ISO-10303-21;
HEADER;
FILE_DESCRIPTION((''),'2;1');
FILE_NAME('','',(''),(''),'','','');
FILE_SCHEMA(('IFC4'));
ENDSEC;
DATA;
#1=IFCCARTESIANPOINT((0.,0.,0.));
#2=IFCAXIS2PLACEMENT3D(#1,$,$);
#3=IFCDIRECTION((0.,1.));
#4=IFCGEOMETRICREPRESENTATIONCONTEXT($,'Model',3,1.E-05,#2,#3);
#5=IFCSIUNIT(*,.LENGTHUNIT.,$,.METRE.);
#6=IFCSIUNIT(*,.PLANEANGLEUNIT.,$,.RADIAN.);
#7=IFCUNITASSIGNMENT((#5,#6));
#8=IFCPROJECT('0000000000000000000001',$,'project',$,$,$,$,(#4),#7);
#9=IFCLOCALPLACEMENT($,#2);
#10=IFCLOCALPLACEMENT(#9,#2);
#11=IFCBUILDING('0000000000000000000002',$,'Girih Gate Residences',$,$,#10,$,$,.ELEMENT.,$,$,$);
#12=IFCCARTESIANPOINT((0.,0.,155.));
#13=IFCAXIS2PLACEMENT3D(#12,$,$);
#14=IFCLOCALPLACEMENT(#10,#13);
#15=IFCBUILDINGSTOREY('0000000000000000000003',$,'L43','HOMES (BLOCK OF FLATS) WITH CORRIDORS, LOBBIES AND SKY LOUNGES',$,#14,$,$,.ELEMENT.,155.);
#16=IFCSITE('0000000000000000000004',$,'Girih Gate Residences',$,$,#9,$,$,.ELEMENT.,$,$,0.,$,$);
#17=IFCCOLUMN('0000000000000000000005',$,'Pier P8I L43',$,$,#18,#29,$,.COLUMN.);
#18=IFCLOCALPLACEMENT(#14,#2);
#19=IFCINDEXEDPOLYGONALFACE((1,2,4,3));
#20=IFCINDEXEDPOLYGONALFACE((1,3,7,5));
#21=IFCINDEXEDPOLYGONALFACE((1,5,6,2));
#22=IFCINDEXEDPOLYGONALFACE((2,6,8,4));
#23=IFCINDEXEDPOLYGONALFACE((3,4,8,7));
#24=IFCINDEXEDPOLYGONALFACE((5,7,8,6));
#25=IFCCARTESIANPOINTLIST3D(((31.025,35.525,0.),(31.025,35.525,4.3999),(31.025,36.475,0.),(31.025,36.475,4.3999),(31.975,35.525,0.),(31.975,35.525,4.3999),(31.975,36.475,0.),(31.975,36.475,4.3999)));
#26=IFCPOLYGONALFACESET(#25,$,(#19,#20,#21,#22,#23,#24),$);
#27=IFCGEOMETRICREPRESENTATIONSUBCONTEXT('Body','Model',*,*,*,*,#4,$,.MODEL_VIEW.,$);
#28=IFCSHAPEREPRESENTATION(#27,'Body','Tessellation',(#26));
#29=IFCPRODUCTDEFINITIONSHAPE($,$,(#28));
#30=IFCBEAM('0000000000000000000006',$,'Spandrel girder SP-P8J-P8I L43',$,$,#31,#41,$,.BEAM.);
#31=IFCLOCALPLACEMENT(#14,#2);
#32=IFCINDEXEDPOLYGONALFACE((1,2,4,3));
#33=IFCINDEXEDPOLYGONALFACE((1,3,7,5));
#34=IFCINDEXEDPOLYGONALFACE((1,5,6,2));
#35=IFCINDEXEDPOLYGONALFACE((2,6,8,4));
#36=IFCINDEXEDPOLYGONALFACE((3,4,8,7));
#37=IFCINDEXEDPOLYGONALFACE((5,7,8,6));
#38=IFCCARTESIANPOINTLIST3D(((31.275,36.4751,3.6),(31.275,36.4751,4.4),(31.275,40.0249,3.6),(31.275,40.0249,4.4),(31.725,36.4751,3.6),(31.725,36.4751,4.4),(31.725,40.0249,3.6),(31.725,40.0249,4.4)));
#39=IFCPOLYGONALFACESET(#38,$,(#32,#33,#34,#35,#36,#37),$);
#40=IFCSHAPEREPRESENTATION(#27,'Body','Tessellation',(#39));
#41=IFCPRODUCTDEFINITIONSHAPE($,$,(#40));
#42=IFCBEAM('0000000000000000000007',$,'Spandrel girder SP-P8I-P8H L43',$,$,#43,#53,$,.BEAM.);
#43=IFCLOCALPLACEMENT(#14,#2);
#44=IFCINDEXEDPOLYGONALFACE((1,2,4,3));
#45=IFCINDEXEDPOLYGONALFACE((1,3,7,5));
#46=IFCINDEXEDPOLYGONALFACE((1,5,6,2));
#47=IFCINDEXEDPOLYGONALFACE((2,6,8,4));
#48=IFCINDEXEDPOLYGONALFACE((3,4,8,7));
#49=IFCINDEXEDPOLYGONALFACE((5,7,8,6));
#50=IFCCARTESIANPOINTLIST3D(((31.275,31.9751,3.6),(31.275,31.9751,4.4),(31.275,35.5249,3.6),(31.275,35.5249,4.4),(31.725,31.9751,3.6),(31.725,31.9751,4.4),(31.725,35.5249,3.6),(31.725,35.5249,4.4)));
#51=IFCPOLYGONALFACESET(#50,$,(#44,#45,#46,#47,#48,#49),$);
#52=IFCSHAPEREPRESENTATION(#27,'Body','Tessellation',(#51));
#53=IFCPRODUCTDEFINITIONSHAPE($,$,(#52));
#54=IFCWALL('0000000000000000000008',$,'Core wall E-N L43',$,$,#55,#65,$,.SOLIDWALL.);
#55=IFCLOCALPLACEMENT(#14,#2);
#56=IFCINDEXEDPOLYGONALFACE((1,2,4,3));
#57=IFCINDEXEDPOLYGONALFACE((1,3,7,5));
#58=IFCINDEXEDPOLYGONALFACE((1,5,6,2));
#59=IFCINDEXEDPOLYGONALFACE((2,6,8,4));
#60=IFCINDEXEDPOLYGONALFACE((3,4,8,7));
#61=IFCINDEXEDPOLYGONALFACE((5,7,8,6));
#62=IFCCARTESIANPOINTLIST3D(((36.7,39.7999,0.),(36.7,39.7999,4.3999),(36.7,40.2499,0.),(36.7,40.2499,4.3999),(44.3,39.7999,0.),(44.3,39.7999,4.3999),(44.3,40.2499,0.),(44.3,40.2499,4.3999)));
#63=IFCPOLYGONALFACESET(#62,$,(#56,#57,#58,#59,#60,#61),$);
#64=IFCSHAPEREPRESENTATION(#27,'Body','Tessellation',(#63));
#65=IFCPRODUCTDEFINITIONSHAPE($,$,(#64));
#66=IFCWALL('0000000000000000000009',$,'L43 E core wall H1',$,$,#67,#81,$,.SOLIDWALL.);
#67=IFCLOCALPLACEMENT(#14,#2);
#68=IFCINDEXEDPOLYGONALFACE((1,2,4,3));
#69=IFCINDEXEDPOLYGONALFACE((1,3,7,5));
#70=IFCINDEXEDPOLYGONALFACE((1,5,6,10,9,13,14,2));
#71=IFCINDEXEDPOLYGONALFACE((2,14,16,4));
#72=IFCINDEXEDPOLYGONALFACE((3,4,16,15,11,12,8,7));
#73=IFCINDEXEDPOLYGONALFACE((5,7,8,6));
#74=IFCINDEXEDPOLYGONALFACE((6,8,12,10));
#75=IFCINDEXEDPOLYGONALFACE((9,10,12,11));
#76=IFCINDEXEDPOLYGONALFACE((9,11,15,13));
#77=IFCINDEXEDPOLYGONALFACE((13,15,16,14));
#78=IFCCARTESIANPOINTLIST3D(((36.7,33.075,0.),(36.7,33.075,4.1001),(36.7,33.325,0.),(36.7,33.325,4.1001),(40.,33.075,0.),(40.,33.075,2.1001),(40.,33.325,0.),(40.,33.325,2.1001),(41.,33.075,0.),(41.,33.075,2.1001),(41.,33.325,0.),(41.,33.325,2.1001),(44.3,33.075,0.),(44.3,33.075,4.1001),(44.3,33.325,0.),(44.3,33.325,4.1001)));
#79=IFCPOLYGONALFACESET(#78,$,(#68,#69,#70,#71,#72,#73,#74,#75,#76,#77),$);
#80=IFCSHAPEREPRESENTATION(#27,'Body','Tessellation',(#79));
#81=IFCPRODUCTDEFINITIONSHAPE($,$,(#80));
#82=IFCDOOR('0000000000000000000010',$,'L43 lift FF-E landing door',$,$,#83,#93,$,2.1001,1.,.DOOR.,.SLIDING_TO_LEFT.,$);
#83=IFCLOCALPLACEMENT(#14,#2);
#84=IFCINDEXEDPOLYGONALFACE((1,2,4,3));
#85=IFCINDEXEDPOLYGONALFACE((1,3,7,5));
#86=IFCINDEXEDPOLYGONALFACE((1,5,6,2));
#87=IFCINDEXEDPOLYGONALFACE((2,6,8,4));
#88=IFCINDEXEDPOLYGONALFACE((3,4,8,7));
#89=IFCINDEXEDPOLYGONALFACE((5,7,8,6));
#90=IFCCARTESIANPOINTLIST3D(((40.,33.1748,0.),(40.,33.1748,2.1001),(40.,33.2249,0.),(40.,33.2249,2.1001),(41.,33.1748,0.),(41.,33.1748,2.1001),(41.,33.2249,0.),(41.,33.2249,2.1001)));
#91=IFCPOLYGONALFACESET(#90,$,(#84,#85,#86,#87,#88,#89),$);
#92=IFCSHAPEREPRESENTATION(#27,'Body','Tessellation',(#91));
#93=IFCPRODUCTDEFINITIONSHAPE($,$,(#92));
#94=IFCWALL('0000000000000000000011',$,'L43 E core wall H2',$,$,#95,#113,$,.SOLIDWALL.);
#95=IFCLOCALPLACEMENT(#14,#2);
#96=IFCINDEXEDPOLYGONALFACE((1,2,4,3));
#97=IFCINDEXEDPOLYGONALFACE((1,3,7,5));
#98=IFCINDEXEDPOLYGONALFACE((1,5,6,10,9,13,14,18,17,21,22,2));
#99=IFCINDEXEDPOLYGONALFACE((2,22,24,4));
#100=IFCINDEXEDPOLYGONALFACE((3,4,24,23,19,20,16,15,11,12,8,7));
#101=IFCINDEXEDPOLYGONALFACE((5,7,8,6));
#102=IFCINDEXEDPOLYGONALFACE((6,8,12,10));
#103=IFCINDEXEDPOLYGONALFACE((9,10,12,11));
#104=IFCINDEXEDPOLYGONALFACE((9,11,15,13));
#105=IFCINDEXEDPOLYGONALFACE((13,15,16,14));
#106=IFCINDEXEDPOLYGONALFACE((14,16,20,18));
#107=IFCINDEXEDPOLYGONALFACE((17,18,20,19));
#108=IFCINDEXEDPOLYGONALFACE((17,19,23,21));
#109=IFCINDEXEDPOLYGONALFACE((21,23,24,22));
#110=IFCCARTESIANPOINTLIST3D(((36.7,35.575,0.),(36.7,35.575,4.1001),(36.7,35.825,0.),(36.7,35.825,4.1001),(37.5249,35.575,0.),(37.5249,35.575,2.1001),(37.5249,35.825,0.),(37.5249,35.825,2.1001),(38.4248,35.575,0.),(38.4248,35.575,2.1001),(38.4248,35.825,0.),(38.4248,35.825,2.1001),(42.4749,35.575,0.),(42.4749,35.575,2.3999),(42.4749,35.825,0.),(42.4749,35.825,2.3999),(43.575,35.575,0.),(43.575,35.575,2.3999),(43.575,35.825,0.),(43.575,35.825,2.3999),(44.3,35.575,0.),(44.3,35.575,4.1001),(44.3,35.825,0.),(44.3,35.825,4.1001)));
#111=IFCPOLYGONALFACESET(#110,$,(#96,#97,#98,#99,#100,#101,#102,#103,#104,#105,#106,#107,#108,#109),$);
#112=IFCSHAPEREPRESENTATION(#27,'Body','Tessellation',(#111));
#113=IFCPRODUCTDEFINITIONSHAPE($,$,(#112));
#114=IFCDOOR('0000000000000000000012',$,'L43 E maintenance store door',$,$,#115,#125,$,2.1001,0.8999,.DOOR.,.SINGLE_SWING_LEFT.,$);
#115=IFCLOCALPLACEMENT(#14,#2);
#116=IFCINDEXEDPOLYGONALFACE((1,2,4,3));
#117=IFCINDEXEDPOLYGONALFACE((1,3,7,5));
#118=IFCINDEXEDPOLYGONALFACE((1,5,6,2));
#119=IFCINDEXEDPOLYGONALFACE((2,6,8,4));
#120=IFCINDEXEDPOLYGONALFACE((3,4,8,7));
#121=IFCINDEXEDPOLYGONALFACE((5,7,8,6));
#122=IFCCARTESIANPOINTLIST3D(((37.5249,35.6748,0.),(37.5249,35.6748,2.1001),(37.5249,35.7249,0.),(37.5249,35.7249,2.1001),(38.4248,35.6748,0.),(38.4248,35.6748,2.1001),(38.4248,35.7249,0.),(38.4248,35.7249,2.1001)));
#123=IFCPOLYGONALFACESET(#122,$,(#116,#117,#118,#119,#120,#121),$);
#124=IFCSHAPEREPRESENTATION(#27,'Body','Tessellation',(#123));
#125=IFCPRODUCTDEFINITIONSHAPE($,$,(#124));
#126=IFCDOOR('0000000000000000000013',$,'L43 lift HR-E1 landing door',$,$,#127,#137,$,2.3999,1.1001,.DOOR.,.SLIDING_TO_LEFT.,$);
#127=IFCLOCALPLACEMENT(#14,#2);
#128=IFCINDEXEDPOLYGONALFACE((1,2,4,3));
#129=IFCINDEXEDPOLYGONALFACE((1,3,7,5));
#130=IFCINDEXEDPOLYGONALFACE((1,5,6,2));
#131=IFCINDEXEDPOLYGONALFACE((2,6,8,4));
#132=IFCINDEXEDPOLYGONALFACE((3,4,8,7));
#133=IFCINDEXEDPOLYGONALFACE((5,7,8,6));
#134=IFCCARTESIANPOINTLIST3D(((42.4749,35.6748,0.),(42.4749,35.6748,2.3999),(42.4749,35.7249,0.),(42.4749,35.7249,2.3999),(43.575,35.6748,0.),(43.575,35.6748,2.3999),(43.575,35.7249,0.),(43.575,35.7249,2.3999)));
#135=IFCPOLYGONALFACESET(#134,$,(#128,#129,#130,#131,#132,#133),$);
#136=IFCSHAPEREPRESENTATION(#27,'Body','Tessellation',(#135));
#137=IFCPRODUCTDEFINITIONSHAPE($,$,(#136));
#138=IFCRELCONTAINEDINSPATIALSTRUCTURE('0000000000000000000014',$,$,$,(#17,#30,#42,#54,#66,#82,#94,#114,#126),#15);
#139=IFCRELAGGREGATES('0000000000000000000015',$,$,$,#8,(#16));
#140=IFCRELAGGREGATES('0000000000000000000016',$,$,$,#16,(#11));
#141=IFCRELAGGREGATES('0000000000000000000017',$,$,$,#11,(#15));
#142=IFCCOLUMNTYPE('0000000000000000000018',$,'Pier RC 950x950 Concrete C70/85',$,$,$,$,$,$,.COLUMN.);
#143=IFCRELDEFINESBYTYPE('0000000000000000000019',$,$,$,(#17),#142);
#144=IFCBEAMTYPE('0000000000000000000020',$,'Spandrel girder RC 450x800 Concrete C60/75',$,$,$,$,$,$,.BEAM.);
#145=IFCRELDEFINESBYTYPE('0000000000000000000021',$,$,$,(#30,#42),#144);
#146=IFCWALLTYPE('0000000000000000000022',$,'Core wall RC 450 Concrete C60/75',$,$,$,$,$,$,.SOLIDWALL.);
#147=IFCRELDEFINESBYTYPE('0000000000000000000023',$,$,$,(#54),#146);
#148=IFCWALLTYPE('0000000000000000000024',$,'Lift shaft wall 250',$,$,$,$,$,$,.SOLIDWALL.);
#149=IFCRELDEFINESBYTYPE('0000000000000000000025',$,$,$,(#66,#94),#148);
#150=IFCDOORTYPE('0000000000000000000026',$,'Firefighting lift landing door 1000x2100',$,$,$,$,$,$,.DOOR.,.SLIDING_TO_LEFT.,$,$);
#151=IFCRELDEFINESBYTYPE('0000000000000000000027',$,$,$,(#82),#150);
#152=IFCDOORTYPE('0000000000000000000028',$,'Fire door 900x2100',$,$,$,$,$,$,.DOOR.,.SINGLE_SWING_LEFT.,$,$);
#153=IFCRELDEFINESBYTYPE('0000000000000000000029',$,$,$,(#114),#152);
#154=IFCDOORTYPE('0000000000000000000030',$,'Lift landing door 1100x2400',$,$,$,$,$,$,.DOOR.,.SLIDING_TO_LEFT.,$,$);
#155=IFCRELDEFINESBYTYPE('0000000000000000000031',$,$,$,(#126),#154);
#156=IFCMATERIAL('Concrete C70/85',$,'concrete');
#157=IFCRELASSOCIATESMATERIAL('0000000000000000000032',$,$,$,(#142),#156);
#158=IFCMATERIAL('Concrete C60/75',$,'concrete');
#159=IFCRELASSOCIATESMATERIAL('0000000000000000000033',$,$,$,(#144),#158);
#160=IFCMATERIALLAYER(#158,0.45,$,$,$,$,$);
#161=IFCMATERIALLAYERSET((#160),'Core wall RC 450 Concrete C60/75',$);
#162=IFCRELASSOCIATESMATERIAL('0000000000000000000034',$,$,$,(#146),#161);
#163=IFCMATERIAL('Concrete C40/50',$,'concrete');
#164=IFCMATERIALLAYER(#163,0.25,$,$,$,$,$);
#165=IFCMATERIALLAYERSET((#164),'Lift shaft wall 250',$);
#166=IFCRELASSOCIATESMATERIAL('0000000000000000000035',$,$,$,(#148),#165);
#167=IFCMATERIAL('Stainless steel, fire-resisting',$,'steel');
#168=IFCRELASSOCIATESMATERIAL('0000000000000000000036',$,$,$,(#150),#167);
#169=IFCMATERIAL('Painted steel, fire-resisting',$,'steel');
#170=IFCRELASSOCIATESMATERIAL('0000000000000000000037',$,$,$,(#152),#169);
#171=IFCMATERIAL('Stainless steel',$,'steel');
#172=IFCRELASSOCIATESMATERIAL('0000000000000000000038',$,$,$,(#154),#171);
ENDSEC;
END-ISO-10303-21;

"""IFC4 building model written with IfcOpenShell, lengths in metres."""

from ifc_helpers import new_model, si_unit, direction, frame, frame_2d, origin, origin_2d, place, context, subcontext, project, spatial, rectangle, extrude, material, layer, layer_set, material_profile, profile_set, type_object, element, fill, save


model = new_model("IFC4")

# Units and contexts
model_context = context("Model", 3, precision=1e-05, world=origin(), true_north=direction((0.0, 1.0)))
body_context = subcontext(model_context, "Body", "Model", "MODEL_VIEW")
ifc_project = project(units=[si_unit("LENGTHUNIT", "METRE"), si_unit("PLANEANGLEUNIT", "RADIAN")], contexts=[model_context])

# Site, building, storey
site_placement = place(None, origin())
site = spatial("IfcSite", under=ifc_project, at=site_placement, Name="Girih Gate Residences", CompositionType="ELEMENT", RefElevation=0.0)
building_placement = place(site_placement, origin())
building = spatial("IfcBuilding", under=site, at=building_placement, Name="Girih Gate Residences", CompositionType="ELEMENT")
storey_placement = place(building_placement, frame((0.0, 0.0, 155.0)))
storey = spatial("IfcBuildingStorey", under=building, at=storey_placement, Name="L43", Description="HOMES (BLOCK OF FLATS) WITH CORRIDORS, LOBBIES AND SKY LOUNGES", CompositionType="ELEMENT", Elevation=155.0)

# Column
ifc_material_1 = material(Name="Concrete C70/85", Category="concrete")
ifc_material_profile_1 = material_profile(ifc_material_1, rectangle(XDim=0.95, YDim=0.95, at=origin_2d()))
ifc_profile_set_1 = profile_set([ifc_material_profile_1], Name="Concrete C70/85")
column_type = type_object("IfcColumnType", Name="Pier RC 950x950 Concrete C70/85", PredefinedType="COLUMN", material=ifc_profile_set_1)
column_placement = place(storey_placement, frame((31.5, 36.0, 0.0), z_axis=(0.0, 0.0, 1.0), x_axis=(1.0, 0.0, 0.0)))
element("IfcColumn", 1, at=column_placement, inside=storey, type_object=column_type, Name="Pier P8I L43", PredefinedType="COLUMN", context=body_context, shape_type="SweptSolid", body=[
    extrude(rectangle(XDim=0.95, YDim=0.95, at=origin_2d()), origin(), (0.0, 0.0, 1.0), 4.3999),
])

# Beams
ifc_material_2 = material(Name="Concrete C60/75", Category="concrete")
ifc_material_profile_2 = material_profile(ifc_material_2, rectangle(XDim=0.45, YDim=0.8, at=origin_2d()))
ifc_profile_set_2 = profile_set([ifc_material_profile_2], Name="Concrete C60/75")
beam_type = type_object("IfcBeamType", Name="Spandrel girder RC 450x800 Concrete C60/75", PredefinedType="BEAM", material=ifc_profile_set_2)
for number, where, z_axis, x_axis, name in (
    (2, (31.5, 40.0249, 4.0), (0.0, -1.0, 0.0), (1.0, 0.0, 0.0), "Spandrel girder SP-P8J-P8I L43"),
    (3, (31.5, 35.5249, 4.0), (0.0, -1.0, 0.0), (1.0, 0.0, 0.0), "Spandrel girder SP-P8I-P8H L43"),
):
    element("IfcBeam", number, at=place(storey_placement, frame(where, z_axis=z_axis, x_axis=x_axis)), inside=storey, type_object=beam_type, Name=name, PredefinedType="BEAM", context=body_context, shape_type="SweptSolid", body=[
        extrude(rectangle(XDim=0.45, YDim=0.8, at=origin_2d()), origin(), (0.0, 0.0, 1.0), 3.5498),
    ])

# Wall
ifc_layer_1 = layer(ifc_material_2, 0.45)
ifc_layer_set_1 = layer_set([ifc_layer_1], Name="Core wall RC 450 Concrete C60/75")
wall_type_1 = type_object("IfcWallType", Name="Core wall RC 450 Concrete C60/75", PredefinedType="SOLIDWALL", material=ifc_layer_set_1)
wall_1_placement = place(storey_placement, frame((36.7, 40.0249, 0.0), z_axis=(0.0, 0.0, 1.0), x_axis=(1.0, 0.0, 0.0)))
element("IfcWall", 4, at=wall_1_placement, inside=storey, type_object=wall_type_1, Name="Core wall E-N L43", PredefinedType="SOLIDWALL", context=body_context, shape_type="SweptSolid", body=[
    extrude(rectangle(XDim=7.6001, YDim=0.45, at=frame_2d((3.8, 0.0))), origin(), (0.0, 0.0, 1.0), 4.3999),
])

# Wall, opening, door
ifc_material_3 = material(Name="Concrete C40/50", Category="concrete")
ifc_layer_2 = layer(ifc_material_3, 0.25)
ifc_layer_set_2 = layer_set([ifc_layer_2], Name="Lift shaft wall 250")
wall_type_2 = type_object("IfcWallType", Name="Lift shaft wall 250", PredefinedType="SOLIDWALL", material=ifc_layer_set_2)
wall_2_placement = place(storey_placement, frame((36.7, 33.2, 0.0), z_axis=(0.0, 0.0, 1.0), x_axis=(1.0, 0.0, 0.0)))
wall_2 = element("IfcWall", 5, at=wall_2_placement, inside=storey, type_object=wall_type_2, Name="L43 E core wall H1", PredefinedType="SOLIDWALL", context=body_context, shape_type="SweptSolid", body=[
    extrude(rectangle(XDim=7.6001, YDim=0.25, at=frame_2d((3.8, 0.0))), origin(), (0.0, 0.0, 1.0), 4.1001),
])
opening_1_placement = place(wall_2_placement, frame((3.3, 0.0, 0.0)))
opening_1 = element("IfcOpeningElement", 6, at=opening_1_placement, cuts=wall_2, PredefinedType="OPENING", context=body_context, shape_type="SweptSolid", body=[
    extrude(rectangle(XDim=1.0, YDim=2.1001, at=frame_2d((0.5, 1.05))), frame((0.0, 0.135, 0.0), z_axis=(0.0, -1.0, 0.0), x_axis=(1.0, 0.0, 0.0)), (0.0, 0.0, 1.0), 0.27),
])
ifc_material_4 = material(Name="Stainless steel, fire-resisting", Category="steel")
door_type_1 = type_object("IfcDoorType", Name="Firefighting lift landing door 1000x2100", OperationType="SLIDING_TO_LEFT", PredefinedType="DOOR", material=ifc_material_4)
door_1_placement = place(opening_1_placement, origin())
door_1 = element("IfcDoor", 7, at=door_1_placement, inside=storey, type_object=door_type_1, Name="L43 lift FF-E landing door", OperationType="SLIDING_TO_LEFT", OverallHeight=2.1001, OverallWidth=1.0, PredefinedType="DOOR", context=body_context, shape_type="SweptSolid", body=[
    extrude(rectangle(XDim=1.0, YDim=2.1001, at=frame_2d((0.5, 1.05))), frame((0.0, 0.0249, 0.0), z_axis=(0.0, -1.0, 0.0), x_axis=(1.0, 0.0, 0.0)), (0.0, 0.0, 1.0), 0.05),
])
fill(opening_1, door_1)

# Wall, openings, doors
wall_3_placement = place(storey_placement, frame((36.7, 35.7, 0.0), z_axis=(0.0, 0.0, 1.0), x_axis=(1.0, 0.0, 0.0)))
wall_3 = element("IfcWall", 8, at=wall_3_placement, inside=storey, type_object=wall_type_2, Name="L43 E core wall H2", PredefinedType="SOLIDWALL", context=body_context, shape_type="SweptSolid", body=[
    extrude(rectangle(XDim=7.6001, YDim=0.25, at=frame_2d((3.8, 0.0))), origin(), (0.0, 0.0, 1.0), 4.1001),
])
opening_2_placement = place(wall_3_placement, frame((5.7749, 0.0, 0.0)))
opening_2 = element("IfcOpeningElement", 9, at=opening_2_placement, cuts=wall_3, PredefinedType="OPENING", context=body_context, shape_type="SweptSolid", body=[
    extrude(rectangle(XDim=1.1001, YDim=2.3999, at=frame_2d((0.55, 1.2))), frame((0.0, 0.135, 0.0), z_axis=(0.0, -1.0, 0.0), x_axis=(1.0, 0.0, 0.0)), (0.0, 0.0, 1.0), 0.27),
])
opening_3_placement = place(wall_3_placement, frame((0.825, 0.0, 0.0)))
opening_3 = element("IfcOpeningElement", 10, at=opening_3_placement, cuts=wall_3, PredefinedType="OPENING", context=body_context, shape_type="SweptSolid", body=[
    extrude(rectangle(XDim=0.8999, YDim=2.1001, at=frame_2d((0.45, 1.05))), frame((0.0, 0.135, 0.0), z_axis=(0.0, -1.0, 0.0), x_axis=(1.0, 0.0, 0.0)), (0.0, 0.0, 1.0), 0.27),
])
ifc_material_5 = material(Name="Painted steel, fire-resisting", Category="steel")
door_type_2 = type_object("IfcDoorType", Name="Fire door 900x2100", OperationType="SINGLE_SWING_LEFT", PredefinedType="DOOR", material=ifc_material_5)
door_2_placement = place(opening_3_placement, origin())
door_2 = element("IfcDoor", 11, at=door_2_placement, inside=storey, type_object=door_type_2, Name="L43 E maintenance store door", OperationType="SINGLE_SWING_LEFT", OverallHeight=2.1001, OverallWidth=0.8999, PredefinedType="DOOR", context=body_context, shape_type="SweptSolid", body=[
    extrude(rectangle(XDim=0.8999, YDim=2.1001, at=frame_2d((0.45, 1.05))), frame((0.0, 0.0249, 0.0), z_axis=(0.0, -1.0, 0.0), x_axis=(1.0, 0.0, 0.0)), (0.0, 0.0, 1.0), 0.05),
])
fill(opening_3, door_2)
ifc_material_6 = material(Name="Stainless steel", Category="steel")
door_type_3 = type_object("IfcDoorType", Name="Lift landing door 1100x2400", OperationType="SLIDING_TO_LEFT", PredefinedType="DOOR", material=ifc_material_6)
door_3_placement = place(opening_2_placement, origin())
door_3 = element("IfcDoor", 12, at=door_3_placement, inside=storey, type_object=door_type_3, Name="L43 lift HR-E1 landing door", OperationType="SLIDING_TO_LEFT", OverallHeight=2.3999, OverallWidth=1.1001, PredefinedType="DOOR", context=body_context, shape_type="SweptSolid", body=[
    extrude(rectangle(XDim=1.1001, YDim=2.3999, at=frame_2d((0.55, 1.2))), frame((0.0, 0.0249, 0.0), z_axis=(0.0, -1.0, 0.0), x_axis=(1.0, 0.0, 0.0)), (0.0, 0.0, 1.0), 0.05),
])
fill(opening_2, door_3)

save(model, "model.ifc")
